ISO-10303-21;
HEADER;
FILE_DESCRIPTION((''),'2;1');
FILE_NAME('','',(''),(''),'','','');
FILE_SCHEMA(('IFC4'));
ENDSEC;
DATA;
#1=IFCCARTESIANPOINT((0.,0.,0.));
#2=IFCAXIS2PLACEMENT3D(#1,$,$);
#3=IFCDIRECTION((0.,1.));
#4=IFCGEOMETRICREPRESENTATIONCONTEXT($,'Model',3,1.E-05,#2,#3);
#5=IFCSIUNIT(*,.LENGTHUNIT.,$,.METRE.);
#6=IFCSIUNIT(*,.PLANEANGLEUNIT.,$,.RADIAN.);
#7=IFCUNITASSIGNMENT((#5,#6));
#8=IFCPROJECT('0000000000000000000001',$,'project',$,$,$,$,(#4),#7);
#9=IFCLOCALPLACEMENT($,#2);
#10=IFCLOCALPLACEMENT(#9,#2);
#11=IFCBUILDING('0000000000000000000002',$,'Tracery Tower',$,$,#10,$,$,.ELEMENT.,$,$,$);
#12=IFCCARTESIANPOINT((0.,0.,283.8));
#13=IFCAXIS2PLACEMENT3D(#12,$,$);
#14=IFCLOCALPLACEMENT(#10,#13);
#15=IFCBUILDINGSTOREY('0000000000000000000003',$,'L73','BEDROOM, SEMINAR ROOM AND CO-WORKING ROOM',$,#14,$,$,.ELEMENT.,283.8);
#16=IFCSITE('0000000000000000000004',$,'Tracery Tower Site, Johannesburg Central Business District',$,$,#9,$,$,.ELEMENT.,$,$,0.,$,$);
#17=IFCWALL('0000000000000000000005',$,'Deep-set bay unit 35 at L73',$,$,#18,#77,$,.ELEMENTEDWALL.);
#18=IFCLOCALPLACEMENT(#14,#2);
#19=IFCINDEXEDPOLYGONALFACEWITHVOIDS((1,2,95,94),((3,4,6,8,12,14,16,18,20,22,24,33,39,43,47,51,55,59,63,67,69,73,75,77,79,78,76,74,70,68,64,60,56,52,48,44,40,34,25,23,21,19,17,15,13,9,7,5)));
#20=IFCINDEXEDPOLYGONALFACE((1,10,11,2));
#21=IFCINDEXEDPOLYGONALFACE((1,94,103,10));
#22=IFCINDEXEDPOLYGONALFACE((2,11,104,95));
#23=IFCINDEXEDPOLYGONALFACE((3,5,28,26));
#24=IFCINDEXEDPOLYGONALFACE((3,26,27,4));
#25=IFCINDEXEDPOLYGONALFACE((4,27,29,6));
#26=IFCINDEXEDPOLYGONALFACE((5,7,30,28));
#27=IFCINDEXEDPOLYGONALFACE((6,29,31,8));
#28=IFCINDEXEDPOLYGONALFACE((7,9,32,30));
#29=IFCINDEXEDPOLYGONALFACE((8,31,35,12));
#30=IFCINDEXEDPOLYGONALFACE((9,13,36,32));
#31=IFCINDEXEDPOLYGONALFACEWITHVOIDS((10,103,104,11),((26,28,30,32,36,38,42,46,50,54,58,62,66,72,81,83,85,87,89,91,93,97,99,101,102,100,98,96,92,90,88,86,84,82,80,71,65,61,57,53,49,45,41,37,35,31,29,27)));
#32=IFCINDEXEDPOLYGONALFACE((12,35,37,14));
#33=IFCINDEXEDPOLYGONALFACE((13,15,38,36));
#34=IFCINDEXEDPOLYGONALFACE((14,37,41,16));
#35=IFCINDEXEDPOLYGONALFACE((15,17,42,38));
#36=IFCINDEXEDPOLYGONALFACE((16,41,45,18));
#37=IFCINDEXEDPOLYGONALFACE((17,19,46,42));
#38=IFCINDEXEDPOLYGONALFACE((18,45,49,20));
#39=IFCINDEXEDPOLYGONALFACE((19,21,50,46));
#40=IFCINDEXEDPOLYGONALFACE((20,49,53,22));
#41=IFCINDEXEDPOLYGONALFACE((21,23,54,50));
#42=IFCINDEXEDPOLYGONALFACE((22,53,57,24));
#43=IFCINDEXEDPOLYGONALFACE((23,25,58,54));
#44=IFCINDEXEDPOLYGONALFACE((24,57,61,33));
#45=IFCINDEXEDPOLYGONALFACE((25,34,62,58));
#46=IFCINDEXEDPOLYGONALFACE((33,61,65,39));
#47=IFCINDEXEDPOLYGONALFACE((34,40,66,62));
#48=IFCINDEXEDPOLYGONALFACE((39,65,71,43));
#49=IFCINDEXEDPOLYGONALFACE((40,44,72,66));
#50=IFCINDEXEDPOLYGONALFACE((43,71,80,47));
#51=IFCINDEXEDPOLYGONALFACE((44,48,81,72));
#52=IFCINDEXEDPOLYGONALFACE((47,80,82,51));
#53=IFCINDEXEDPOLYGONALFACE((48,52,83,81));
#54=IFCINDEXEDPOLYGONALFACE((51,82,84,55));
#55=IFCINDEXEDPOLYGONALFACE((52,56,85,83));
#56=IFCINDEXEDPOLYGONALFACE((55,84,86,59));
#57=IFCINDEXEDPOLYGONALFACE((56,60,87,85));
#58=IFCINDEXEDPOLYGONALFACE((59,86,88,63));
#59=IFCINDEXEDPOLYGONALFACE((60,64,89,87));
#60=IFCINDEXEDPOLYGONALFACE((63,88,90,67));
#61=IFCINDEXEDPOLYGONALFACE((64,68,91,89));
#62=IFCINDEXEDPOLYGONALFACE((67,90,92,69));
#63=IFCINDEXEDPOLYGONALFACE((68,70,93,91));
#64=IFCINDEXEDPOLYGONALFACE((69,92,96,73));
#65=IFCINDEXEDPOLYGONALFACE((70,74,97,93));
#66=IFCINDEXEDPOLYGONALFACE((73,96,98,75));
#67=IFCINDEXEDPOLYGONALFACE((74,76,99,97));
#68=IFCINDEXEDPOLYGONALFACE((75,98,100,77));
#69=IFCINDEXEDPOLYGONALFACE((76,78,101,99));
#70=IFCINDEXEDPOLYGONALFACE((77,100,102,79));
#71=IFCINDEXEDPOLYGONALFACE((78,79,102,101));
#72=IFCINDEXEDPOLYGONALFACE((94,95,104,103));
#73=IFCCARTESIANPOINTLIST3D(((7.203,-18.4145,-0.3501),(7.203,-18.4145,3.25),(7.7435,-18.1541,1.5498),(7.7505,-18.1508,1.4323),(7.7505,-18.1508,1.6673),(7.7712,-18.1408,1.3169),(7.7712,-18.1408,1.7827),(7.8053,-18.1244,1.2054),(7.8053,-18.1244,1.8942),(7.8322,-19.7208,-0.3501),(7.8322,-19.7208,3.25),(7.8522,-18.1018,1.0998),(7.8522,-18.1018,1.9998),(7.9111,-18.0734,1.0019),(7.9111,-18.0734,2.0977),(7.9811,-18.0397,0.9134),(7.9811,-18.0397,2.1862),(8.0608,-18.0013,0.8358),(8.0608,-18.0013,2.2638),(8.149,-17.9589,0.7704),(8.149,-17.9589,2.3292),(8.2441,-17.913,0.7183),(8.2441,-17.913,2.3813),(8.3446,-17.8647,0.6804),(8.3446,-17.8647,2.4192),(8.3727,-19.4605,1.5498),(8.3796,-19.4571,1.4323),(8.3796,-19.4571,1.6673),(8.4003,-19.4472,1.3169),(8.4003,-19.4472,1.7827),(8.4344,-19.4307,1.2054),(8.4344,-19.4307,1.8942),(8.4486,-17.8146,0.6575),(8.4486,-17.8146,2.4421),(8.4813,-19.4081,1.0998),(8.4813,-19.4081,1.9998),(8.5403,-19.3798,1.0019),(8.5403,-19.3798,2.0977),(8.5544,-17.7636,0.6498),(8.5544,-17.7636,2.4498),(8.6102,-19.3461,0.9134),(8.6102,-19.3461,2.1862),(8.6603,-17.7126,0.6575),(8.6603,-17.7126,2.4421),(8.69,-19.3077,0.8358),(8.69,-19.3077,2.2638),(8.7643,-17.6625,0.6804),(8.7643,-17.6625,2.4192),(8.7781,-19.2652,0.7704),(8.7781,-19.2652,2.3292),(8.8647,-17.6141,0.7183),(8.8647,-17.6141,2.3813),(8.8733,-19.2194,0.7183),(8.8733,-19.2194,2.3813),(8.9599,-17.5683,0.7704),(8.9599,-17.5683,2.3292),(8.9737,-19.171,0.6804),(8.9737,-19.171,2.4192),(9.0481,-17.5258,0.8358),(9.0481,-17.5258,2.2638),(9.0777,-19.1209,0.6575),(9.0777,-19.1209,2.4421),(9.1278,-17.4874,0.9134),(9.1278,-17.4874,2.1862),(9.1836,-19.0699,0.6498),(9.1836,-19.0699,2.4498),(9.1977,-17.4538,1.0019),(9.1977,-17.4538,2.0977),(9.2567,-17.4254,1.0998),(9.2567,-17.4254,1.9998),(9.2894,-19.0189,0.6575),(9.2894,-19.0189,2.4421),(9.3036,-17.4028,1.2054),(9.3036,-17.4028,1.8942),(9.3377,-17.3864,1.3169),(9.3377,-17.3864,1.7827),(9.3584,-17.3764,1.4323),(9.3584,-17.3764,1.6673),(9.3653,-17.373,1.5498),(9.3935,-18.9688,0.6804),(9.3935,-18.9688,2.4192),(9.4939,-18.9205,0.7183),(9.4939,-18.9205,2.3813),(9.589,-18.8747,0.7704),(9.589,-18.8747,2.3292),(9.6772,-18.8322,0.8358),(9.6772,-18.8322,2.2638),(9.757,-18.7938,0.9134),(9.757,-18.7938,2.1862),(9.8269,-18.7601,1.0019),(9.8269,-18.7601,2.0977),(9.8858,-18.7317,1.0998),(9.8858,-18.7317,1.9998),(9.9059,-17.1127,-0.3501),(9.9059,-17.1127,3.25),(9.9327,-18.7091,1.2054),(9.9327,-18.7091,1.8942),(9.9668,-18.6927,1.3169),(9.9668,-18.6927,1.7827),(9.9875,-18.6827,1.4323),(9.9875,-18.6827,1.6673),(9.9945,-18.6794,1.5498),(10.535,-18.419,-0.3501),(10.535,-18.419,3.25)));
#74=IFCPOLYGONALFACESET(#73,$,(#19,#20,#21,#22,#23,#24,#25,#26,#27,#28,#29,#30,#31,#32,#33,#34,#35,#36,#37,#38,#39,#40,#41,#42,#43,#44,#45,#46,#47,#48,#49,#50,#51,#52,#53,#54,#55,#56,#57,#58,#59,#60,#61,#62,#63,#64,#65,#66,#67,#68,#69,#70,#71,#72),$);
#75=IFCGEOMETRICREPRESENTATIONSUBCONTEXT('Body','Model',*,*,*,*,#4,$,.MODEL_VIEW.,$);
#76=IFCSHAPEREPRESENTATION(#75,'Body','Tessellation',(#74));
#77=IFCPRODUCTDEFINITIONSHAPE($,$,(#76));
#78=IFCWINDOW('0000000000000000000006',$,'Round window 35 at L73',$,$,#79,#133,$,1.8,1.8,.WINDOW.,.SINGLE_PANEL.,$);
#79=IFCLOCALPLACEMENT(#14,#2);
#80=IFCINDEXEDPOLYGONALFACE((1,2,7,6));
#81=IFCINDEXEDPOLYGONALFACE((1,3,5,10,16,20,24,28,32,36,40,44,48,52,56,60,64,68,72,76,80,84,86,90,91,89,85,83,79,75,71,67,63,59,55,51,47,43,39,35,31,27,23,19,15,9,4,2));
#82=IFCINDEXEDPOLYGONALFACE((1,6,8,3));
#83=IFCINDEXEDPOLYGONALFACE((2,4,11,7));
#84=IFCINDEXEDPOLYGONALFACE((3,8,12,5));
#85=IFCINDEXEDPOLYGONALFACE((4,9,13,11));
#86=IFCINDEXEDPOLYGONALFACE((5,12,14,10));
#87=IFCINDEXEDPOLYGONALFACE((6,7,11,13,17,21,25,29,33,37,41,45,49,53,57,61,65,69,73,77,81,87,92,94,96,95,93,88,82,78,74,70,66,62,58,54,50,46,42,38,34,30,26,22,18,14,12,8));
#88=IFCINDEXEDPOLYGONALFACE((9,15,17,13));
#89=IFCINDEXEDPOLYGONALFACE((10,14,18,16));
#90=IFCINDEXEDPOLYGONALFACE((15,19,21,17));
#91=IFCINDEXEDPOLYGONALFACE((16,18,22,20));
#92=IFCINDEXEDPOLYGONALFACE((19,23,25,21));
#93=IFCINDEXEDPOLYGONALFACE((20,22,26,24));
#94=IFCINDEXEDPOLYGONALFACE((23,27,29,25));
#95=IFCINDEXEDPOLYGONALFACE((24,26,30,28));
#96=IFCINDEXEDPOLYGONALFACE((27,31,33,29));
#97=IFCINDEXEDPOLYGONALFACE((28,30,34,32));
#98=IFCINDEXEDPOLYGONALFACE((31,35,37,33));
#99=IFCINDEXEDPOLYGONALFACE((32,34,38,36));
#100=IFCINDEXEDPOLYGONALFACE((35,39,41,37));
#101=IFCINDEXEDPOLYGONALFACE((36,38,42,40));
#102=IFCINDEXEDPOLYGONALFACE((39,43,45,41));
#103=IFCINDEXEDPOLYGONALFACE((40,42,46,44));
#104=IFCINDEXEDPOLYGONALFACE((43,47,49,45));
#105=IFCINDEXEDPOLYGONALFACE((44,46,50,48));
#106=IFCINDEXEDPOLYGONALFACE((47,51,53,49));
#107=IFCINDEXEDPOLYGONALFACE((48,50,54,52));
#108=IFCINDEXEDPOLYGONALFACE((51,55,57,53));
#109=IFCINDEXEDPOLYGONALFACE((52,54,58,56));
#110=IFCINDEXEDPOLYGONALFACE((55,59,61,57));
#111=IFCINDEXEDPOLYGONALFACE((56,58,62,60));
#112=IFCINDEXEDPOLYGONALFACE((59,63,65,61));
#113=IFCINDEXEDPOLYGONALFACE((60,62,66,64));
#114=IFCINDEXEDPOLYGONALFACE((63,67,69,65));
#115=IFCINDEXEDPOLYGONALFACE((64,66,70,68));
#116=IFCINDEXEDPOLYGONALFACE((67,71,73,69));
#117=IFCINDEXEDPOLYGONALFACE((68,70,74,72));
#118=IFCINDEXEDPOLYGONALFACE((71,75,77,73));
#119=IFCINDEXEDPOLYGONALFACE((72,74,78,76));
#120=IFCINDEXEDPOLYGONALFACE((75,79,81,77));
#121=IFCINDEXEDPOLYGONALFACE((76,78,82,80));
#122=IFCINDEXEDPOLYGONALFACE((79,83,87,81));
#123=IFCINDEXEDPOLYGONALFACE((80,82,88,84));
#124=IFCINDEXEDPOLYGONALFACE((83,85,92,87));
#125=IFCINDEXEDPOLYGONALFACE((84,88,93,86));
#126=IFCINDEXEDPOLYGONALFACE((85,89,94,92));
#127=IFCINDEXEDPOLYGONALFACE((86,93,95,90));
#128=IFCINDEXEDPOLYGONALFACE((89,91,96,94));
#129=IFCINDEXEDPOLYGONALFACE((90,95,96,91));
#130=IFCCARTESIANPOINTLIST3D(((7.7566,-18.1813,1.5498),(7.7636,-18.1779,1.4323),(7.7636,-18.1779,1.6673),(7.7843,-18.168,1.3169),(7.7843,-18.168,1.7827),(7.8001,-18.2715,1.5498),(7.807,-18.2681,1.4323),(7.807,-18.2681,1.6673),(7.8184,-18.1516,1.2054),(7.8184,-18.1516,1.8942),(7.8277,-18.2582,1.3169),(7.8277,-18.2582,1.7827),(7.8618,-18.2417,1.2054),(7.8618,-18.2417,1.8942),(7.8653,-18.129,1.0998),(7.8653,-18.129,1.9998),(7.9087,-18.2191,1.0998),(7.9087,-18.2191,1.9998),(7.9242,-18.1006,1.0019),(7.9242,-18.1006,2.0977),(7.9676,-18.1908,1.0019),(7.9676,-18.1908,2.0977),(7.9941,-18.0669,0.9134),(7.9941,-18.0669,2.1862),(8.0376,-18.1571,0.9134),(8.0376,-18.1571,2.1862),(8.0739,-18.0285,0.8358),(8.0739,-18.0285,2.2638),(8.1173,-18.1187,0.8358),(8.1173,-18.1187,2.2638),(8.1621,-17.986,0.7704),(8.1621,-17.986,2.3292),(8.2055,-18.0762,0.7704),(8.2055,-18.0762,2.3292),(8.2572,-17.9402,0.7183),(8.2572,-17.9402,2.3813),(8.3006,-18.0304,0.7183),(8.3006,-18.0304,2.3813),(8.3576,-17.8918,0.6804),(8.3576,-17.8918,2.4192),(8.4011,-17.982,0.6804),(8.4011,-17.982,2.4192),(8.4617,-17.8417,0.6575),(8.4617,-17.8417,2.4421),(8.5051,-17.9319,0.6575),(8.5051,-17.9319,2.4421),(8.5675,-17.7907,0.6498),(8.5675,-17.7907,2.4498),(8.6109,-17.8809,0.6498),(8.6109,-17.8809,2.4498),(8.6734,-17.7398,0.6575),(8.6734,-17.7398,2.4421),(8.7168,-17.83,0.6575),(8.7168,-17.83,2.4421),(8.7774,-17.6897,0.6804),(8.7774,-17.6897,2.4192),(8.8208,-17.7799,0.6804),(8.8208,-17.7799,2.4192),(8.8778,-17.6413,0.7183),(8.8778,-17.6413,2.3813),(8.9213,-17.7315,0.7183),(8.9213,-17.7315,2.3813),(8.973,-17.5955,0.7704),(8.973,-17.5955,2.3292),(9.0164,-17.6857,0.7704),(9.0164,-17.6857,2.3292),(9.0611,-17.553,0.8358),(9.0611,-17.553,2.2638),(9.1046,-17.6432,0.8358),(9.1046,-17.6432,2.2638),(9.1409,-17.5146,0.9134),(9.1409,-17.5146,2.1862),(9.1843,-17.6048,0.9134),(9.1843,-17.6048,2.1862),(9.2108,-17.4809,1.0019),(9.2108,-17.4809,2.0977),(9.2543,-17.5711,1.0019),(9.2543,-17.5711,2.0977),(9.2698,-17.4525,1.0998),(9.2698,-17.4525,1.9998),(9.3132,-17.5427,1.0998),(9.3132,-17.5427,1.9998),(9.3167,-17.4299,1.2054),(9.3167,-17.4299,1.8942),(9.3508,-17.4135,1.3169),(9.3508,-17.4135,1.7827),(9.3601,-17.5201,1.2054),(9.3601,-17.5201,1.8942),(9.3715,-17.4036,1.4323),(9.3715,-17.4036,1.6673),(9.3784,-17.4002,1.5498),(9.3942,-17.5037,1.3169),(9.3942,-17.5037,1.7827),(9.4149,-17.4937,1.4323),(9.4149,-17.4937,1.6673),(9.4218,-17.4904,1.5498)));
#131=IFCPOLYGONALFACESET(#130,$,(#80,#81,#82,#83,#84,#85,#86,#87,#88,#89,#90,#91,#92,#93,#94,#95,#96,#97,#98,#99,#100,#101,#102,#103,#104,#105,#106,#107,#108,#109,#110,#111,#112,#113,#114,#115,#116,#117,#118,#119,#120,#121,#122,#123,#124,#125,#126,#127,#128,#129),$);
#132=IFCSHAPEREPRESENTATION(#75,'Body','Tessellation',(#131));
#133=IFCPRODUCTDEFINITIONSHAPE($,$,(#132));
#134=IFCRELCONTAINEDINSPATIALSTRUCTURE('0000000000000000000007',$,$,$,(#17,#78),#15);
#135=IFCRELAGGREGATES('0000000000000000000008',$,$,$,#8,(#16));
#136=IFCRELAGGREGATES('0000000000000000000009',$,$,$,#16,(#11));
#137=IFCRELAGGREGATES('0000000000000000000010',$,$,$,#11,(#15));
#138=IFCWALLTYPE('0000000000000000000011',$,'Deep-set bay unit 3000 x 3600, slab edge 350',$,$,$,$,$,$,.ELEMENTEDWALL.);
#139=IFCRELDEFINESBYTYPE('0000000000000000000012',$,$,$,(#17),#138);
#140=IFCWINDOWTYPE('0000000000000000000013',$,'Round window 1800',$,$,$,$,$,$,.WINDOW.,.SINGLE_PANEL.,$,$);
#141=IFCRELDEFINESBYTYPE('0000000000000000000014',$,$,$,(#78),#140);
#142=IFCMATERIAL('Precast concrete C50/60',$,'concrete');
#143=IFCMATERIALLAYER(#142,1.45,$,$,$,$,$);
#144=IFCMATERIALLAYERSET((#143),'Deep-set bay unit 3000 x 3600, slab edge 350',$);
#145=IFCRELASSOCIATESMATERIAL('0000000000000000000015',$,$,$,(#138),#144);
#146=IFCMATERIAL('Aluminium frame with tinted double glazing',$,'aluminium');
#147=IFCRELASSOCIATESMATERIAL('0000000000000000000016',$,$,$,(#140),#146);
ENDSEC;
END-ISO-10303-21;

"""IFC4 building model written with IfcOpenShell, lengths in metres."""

from ifc_helpers import new_model, si_unit, direction, frame, frame_2d, origin, origin_2d, place, context, subcontext, project, spatial, rectangle, circle, extrude, material, layer, layer_set, type_object, element, fill, save


model = new_model("IFC4")

# Units and contexts
model_context = context("Model", 3, precision=1e-05, world=origin(), true_north=direction((0.0, 1.0)))
body_context = subcontext(model_context, "Body", "Model", "MODEL_VIEW")
ifc_project = project(units=[si_unit("LENGTHUNIT", "METRE"), si_unit("PLANEANGLEUNIT", "RADIAN")], contexts=[model_context])

# Site, building, storey
site_placement = place(None, origin())
site = spatial("IfcSite", under=ifc_project, at=site_placement, Name="Tracery Tower Site, Johannesburg Central Business District", CompositionType="ELEMENT", RefElevation=0.0)
building_placement = place(site_placement, origin())
building = spatial("IfcBuilding", under=site, at=building_placement, Name="Tracery Tower", CompositionType="ELEMENT")
storey_placement = place(building_placement, frame((0.0, 0.0, 283.8)))
storey = spatial("IfcBuildingStorey", under=building, at=storey_placement, Name="L73", Description="BEDROOM, SEMINAR ROOM AND CO-WORKING ROOM", CompositionType="ELEMENT", Elevation=283.8)

# Wall, opening, window
ifc_material_1 = material(Name="Precast concrete C50/60", Category="concrete")
ifc_layer_1 = layer(ifc_material_1, 1.45)
ifc_layer_set_1 = layer_set([ifc_layer_1], Name="Deep-set bay unit 3000 x 3600, slab edge 350")
wall_type_1 = type_object("IfcWallType", Name="Deep-set bay unit 3000 x 3600, slab edge 350", PredefinedType="ELEMENTEDWALL", material=ifc_layer_set_1)
wall_1_placement = place(storey_placement, frame((7.5176, -19.0676, -0.3501), z_axis=(0.0, 0.0, 1.0), x_axis=(0.900953, 0.433916, 0.0)))
wall_1 = element("IfcWall", 1, at=wall_1_placement, inside=storey, type_object=wall_type_1, Name="Deep-set bay unit 35 at L73", PredefinedType="ELEMENTEDWALL", context=body_context, shape_type="SweptSolid", body=[
    extrude(rectangle(XDim=3.0, YDim=1.45, at=frame_2d((1.5, 0.0))), origin(), (0.0, 0.0, 1.0), 3.6001),
])
opening_1_placement = place(wall_1_placement, frame((1.5, 0.0, 1.8999)))
opening_1 = element("IfcOpeningElement", 2, at=opening_1_placement, cuts=wall_1, PredefinedType="OPENING", context=body_context, shape_type="SweptSolid", body=[
    extrude(circle(Radius=0.9, at=origin_2d()), frame((0.0, 0.7349, 0.0), z_axis=(0.0, -1.0, 0.0), x_axis=(1.0, 0.0, 0.0)), (0.0, 0.0, 1.0), 1.47),
])
ifc_material_2 = material(Name="Aluminium frame with tinted double glazing", Category="aluminium")
window_type = type_object("IfcWindowType", Name="Round window 1800", PartitioningType="SINGLE_PANEL", PredefinedType="WINDOW", material=ifc_material_2)
window_1_placement = place(opening_1_placement, origin())
window_1 = element("IfcWindow", 3, at=window_1_placement, inside=storey, type_object=window_type, Name="Round window 35 at L73", OverallHeight=1.8, OverallWidth=1.8, PartitioningType="SINGLE_PANEL", PredefinedType="WINDOW", context=body_context, shape_type="SweptSolid", body=[
    extrude(circle(Radius=0.9, at=origin_2d()), frame((0.0, 0.6948, 0.0), z_axis=(0.0, -1.0, 0.0), x_axis=(1.0, 0.0, 0.0)), (0.0, 0.0, 1.0), 0.1001),
])
fill(opening_1, window_1)

save(model, "model.ifc")
